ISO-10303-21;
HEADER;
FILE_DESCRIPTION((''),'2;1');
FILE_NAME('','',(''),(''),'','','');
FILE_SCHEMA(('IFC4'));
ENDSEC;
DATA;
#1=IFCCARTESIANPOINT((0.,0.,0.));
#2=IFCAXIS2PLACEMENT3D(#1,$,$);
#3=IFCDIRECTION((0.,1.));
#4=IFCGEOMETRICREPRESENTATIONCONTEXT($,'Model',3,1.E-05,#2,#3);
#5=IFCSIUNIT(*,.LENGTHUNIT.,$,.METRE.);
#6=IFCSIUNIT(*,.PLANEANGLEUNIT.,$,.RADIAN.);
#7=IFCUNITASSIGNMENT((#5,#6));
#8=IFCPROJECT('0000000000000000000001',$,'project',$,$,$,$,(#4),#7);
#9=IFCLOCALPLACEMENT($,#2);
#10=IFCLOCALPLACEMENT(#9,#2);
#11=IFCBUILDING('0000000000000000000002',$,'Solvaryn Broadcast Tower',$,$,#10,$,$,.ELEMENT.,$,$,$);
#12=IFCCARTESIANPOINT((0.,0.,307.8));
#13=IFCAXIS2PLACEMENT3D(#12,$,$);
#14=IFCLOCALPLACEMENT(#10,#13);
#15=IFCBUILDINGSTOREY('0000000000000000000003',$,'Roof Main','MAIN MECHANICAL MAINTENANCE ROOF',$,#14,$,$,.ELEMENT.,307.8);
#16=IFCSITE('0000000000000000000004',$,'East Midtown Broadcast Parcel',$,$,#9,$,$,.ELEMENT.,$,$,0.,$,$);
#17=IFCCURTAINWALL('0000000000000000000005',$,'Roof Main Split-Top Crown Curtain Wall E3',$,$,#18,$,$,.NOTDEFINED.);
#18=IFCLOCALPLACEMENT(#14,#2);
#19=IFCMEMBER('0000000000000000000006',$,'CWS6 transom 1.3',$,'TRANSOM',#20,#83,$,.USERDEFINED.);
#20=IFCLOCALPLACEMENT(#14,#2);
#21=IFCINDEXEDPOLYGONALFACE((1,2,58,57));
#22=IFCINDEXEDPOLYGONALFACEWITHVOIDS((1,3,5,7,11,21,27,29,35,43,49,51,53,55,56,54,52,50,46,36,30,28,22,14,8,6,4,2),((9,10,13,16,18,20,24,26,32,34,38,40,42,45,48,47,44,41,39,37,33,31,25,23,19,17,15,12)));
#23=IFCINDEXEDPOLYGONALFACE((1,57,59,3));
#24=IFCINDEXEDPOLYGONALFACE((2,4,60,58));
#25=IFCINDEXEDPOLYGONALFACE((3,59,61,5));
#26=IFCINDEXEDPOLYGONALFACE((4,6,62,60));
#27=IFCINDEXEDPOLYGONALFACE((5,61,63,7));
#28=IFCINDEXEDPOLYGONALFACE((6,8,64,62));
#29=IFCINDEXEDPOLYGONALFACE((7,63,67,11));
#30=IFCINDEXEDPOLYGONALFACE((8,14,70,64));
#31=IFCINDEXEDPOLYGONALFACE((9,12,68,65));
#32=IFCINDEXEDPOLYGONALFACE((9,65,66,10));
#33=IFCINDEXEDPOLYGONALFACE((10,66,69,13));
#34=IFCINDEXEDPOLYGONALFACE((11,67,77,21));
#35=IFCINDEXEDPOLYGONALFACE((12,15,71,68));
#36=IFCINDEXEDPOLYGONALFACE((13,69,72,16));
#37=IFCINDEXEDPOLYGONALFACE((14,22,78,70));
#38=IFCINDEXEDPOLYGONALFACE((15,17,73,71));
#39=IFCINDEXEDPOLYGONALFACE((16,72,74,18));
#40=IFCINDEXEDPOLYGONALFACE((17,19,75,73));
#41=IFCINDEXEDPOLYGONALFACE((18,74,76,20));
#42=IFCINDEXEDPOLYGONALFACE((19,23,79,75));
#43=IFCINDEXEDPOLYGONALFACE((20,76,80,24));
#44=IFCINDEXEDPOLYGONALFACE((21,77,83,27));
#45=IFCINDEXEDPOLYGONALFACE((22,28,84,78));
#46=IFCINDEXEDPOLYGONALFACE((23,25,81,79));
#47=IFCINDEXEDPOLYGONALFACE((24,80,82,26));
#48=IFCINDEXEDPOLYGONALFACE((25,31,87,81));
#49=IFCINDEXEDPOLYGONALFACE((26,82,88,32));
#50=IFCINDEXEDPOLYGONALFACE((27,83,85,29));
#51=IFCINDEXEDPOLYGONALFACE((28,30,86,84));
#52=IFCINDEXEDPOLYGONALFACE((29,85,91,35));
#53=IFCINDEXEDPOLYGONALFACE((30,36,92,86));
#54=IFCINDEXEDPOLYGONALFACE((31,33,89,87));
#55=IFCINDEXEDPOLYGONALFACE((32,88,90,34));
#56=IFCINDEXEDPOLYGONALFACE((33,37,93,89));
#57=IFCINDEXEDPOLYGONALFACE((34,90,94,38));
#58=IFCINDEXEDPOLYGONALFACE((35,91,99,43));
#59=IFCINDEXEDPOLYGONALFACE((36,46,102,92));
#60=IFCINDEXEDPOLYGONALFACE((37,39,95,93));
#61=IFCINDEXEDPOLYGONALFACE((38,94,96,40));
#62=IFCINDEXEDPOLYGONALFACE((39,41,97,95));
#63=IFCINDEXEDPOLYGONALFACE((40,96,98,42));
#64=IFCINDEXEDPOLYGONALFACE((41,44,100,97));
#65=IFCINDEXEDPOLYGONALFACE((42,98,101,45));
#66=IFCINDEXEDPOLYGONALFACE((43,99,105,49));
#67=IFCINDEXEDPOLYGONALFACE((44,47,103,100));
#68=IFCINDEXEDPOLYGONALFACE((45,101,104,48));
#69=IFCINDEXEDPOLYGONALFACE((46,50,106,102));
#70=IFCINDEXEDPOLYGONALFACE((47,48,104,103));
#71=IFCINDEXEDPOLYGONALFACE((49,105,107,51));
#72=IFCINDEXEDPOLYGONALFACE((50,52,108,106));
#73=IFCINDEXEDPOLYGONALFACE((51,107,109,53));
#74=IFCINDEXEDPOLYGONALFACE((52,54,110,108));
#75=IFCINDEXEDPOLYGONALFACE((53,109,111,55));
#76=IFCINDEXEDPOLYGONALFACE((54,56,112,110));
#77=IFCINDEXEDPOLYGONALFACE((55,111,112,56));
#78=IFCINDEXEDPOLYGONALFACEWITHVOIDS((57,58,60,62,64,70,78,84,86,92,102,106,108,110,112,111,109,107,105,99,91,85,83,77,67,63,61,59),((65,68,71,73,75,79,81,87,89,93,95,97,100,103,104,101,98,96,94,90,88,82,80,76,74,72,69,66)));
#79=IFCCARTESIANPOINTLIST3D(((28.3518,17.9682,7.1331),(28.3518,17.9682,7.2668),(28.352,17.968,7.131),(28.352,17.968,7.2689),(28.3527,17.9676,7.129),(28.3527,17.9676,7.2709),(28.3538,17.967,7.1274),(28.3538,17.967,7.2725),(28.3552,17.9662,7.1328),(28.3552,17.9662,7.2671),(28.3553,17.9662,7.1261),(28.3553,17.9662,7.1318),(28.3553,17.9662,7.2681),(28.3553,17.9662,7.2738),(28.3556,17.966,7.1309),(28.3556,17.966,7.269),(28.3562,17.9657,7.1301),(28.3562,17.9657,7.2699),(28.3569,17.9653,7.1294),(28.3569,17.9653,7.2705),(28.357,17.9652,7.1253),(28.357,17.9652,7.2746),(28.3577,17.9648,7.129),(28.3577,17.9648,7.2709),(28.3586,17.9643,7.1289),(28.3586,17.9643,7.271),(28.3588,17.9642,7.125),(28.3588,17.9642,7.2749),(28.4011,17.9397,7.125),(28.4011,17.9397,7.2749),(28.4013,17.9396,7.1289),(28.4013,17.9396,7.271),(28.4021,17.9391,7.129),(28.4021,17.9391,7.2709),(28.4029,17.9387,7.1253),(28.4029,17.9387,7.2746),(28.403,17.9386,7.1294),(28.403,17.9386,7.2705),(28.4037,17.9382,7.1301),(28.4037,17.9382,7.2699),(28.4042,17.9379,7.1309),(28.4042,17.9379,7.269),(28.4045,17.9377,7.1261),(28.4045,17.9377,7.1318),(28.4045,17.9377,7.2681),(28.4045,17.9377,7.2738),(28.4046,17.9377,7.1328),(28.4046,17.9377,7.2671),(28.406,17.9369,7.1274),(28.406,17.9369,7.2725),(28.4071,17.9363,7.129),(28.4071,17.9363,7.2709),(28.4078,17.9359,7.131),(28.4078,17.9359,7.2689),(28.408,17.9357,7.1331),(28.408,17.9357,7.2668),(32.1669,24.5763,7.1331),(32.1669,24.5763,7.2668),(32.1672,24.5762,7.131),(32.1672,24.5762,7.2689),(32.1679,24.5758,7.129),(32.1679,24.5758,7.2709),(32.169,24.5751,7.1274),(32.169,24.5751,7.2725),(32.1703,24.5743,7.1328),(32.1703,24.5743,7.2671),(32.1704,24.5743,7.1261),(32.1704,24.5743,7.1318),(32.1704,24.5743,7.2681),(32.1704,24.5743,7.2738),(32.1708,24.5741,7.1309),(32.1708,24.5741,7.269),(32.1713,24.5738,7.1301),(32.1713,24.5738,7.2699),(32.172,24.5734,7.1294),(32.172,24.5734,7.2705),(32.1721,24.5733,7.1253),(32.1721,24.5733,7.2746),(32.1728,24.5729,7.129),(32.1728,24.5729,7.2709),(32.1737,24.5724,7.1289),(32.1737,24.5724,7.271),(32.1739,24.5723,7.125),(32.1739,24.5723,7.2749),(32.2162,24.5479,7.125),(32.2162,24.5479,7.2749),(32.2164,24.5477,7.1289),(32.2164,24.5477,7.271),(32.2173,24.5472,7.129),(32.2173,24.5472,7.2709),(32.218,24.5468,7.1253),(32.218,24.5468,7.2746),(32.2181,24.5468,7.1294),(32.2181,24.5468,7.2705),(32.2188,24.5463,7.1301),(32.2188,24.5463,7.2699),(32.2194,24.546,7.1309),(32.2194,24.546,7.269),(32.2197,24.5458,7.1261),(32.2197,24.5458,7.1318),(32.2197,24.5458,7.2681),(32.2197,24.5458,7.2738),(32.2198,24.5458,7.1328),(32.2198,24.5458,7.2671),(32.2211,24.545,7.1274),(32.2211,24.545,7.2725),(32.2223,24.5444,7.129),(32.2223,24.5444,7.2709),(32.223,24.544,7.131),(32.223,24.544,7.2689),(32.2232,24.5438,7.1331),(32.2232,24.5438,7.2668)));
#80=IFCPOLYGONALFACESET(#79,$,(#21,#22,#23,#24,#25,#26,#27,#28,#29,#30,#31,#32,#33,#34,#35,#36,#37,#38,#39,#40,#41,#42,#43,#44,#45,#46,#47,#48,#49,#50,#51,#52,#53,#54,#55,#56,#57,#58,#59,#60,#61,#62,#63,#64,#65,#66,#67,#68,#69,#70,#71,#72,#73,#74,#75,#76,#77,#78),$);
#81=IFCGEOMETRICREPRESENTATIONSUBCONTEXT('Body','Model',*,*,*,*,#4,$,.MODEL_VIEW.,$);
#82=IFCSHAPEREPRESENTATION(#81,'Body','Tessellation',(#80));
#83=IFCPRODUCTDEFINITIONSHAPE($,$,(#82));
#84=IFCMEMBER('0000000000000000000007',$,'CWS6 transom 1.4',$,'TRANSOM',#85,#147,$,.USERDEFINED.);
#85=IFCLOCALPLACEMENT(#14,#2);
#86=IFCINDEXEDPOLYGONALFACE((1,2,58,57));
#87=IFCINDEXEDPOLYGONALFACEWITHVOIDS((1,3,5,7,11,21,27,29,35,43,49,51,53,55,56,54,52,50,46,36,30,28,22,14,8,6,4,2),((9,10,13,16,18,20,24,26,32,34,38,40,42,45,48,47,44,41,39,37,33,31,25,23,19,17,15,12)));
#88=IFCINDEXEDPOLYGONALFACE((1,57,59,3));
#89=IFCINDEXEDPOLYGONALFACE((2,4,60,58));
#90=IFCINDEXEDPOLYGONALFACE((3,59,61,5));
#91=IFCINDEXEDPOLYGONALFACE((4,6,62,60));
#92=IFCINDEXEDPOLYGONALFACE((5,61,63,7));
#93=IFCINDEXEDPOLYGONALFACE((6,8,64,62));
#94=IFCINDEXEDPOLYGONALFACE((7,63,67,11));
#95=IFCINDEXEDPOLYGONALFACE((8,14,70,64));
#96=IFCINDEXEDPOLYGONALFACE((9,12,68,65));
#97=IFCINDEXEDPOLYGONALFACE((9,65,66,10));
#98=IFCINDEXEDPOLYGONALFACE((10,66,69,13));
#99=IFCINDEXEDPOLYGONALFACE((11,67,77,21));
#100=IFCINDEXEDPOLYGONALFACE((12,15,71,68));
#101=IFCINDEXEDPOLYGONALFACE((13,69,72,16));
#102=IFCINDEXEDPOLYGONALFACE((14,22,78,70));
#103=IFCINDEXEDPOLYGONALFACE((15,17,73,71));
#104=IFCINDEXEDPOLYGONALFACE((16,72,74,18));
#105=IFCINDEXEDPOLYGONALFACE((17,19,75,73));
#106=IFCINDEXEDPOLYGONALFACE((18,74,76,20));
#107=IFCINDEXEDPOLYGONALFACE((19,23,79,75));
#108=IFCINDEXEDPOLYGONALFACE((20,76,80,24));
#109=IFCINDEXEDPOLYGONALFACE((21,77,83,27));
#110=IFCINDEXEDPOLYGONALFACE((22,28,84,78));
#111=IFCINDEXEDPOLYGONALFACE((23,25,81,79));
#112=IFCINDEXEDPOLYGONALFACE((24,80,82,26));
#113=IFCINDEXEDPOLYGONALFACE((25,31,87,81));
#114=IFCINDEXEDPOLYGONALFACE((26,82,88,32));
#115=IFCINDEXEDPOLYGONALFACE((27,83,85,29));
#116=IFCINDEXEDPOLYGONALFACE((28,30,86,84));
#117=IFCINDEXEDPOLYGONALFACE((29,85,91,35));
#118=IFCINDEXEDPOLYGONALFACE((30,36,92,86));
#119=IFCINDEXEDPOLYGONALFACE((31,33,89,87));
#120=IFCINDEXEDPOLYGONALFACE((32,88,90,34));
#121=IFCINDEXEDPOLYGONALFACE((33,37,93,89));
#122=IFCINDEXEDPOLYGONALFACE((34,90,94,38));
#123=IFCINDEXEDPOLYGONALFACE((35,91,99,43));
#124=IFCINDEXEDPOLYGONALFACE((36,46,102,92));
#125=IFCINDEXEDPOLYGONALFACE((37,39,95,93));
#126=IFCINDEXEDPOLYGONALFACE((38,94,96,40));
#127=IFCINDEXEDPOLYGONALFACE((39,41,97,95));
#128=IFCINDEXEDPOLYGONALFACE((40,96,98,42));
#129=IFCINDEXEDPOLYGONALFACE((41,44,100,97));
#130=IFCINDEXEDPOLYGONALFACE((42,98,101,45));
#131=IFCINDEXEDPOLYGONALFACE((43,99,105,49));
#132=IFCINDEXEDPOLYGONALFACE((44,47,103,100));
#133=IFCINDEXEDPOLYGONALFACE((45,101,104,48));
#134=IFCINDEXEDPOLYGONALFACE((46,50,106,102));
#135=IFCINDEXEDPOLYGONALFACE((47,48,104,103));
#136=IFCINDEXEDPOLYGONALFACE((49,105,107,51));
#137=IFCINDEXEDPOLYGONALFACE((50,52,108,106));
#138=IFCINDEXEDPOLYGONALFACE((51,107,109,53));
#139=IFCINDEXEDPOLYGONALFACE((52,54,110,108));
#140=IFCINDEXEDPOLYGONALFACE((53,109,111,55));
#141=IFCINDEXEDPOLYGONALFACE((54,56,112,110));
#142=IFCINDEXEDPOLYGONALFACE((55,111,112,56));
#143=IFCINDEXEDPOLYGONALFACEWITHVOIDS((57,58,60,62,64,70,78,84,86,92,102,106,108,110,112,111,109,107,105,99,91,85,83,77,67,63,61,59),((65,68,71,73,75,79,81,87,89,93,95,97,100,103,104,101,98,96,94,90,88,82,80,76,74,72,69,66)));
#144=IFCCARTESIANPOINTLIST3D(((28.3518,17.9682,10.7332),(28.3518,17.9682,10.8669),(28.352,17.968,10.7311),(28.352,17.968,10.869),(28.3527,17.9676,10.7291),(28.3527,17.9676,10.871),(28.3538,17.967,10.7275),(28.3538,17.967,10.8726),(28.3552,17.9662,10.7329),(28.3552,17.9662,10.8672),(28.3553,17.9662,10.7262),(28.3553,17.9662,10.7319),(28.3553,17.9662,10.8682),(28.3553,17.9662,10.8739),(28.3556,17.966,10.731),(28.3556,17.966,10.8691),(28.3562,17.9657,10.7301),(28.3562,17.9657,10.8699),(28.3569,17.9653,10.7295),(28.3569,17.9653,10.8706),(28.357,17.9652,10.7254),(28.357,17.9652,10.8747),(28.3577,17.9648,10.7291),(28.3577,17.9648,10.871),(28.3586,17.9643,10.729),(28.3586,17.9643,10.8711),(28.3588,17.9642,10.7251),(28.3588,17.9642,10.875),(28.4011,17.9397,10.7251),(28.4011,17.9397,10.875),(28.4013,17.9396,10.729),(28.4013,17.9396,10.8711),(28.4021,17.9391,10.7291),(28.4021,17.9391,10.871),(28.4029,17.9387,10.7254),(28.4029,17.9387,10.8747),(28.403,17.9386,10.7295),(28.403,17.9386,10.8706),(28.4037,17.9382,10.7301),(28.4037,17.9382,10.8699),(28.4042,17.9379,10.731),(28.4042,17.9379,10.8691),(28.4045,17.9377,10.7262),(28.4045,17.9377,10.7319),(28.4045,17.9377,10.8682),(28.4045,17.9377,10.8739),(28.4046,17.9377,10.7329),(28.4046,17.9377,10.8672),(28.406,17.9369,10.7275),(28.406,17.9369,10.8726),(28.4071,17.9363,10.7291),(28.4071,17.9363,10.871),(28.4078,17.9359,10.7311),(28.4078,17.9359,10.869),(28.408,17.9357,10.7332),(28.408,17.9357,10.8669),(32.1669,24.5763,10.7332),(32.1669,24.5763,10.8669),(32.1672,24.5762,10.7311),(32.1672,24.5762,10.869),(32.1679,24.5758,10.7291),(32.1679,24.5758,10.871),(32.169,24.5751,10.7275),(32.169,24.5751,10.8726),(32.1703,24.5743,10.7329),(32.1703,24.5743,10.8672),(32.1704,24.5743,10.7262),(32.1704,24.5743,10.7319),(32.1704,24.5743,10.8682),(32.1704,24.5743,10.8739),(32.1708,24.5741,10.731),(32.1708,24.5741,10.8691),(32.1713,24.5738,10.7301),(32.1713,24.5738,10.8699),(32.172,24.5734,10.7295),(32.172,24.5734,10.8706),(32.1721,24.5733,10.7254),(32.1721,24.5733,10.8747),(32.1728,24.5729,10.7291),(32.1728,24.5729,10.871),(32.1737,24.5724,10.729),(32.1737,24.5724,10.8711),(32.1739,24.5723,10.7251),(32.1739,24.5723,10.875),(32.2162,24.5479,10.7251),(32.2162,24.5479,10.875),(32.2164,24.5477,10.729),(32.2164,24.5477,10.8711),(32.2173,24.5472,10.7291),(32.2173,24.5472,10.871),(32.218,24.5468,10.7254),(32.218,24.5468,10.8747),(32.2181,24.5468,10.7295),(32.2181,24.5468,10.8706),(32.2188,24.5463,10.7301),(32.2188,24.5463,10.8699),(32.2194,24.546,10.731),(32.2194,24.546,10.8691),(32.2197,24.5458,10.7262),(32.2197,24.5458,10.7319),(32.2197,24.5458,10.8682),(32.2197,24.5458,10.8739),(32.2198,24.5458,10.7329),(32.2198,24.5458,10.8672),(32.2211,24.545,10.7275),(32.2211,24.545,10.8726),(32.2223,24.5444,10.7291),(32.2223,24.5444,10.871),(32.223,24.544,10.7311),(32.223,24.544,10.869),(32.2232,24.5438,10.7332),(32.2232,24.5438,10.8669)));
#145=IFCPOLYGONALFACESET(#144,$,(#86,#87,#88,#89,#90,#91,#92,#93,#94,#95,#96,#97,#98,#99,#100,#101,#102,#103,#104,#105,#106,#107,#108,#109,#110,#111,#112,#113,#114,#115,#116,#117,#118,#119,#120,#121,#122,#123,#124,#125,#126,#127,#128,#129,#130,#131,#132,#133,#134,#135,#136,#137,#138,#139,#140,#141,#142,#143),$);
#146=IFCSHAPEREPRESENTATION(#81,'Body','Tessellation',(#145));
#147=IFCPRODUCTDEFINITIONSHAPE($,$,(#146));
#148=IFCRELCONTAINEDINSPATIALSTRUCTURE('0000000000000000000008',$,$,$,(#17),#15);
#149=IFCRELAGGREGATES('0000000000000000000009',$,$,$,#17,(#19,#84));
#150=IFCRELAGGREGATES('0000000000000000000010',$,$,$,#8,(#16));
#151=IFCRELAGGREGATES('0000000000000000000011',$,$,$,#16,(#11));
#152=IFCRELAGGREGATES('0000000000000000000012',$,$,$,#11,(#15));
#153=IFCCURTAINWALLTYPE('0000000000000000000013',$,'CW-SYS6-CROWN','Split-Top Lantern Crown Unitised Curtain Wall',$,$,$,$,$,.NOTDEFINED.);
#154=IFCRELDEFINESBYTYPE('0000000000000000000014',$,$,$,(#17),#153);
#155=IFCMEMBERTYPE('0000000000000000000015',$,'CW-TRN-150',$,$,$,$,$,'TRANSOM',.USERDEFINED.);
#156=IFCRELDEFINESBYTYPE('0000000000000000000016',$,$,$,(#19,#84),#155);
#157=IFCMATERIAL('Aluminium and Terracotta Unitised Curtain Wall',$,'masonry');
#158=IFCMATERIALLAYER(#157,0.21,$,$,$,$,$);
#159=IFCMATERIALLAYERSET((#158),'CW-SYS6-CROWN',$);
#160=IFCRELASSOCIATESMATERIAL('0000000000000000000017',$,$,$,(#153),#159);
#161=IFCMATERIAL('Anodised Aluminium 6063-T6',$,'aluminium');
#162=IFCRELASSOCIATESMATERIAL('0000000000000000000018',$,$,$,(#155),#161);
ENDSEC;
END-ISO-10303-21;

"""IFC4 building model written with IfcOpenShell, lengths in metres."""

from ifc_helpers import new_model, si_unit, direction, frame, origin, origin_2d, place, context, subcontext, project, spatial, hollow_rectangle, extrude, material, layer, layer_set, material_profile, profile_set, type_object, element, aggregate, save


model = new_model("IFC4")

# Units and contexts
model_context = context("Model", 3, precision=1e-05, world=origin(), true_north=direction((0.0, 1.0)))
body_context = subcontext(model_context, "Body", "Model", "MODEL_VIEW")
ifc_project = project(units=[si_unit("LENGTHUNIT", "METRE"), si_unit("PLANEANGLEUNIT", "RADIAN")], contexts=[model_context])

# Site, building, storey
site_placement = place(None, origin())
site = spatial("IfcSite", under=ifc_project, at=site_placement, Name="East Midtown Broadcast Parcel", CompositionType="ELEMENT", RefElevation=0.0)
building_placement = place(site_placement, origin())
building = spatial("IfcBuilding", under=site, at=building_placement, Name="Solvaryn Broadcast Tower", CompositionType="ELEMENT")
storey_placement = place(building_placement, frame((0.0, 0.0, 307.8)))
storey = spatial("IfcBuildingStorey", under=building, at=storey_placement, Name="Roof Main", Description="MAIN MECHANICAL MAINTENANCE ROOF", CompositionType="ELEMENT", Elevation=307.8)

# Shared definitions
ifc_material_1 = material(Name="Aluminium and Terracotta Unitised Curtain Wall", Category="masonry")
ifc_layer_1 = layer(ifc_material_1, 0.21)
ifc_layer_set_1 = layer_set([ifc_layer_1], Name="CW-SYS6-CROWN")
curtain_wall_type = type_object("IfcCurtainWallType", Name="CW-SYS6-CROWN", Description="Split-Top Lantern Crown Unitised Curtain Wall", PredefinedType="NOTDEFINED", material=ifc_layer_set_1)

# Curtain wall
curtain_wall_1_placement = place(storey_placement, origin())
curtain_wall_1 = element("IfcCurtainWall", 1, at=curtain_wall_1_placement, inside=storey, type_object=curtain_wall_type, Name="Roof Main Split-Top Crown Curtain Wall E3", PredefinedType="NOTDEFINED")

# Members
ifc_material_2 = material(Name="Anodised Aluminium 6063-T6", Category="aluminium")
ifc_material_profile_1 = material_profile(ifc_material_2, hollow_rectangle(XDim=0.0649, YDim=0.1499, WallThickness=0.0039, InnerFilletRadius=0.0039, OuterFilletRadius=0.0081, at=origin_2d()))
ifc_profile_set_1 = profile_set([ifc_material_profile_1], Name="Anodised Aluminium 6063-T6")
member_type_1 = type_object("IfcMemberType", Name="CW-TRN-150", ElementType="TRANSOM", PredefinedType="USERDEFINED", material=ifc_profile_set_1)
member_1_placement = place(storey_placement, frame((32.1951, 24.5601, 7.2), z_axis=(-0.499997, -0.866027, 0.0), x_axis=(0.866027, -0.499997, 0.0)))
member_1 = element("IfcMember", 2, at=member_1_placement, type_object=member_type_1, Name="CWS6 transom 1.3", ObjectType="TRANSOM", PredefinedType="USERDEFINED", context=body_context, shape_type="SweptSolid", body=[
    extrude(hollow_rectangle(XDim=0.0649, YDim=0.1499, WallThickness=0.0039, InnerFilletRadius=0.0039, OuterFilletRadius=0.0081, at=origin_2d()), origin(), (0.0, 0.0, 1.0), 7.6304),
])
member_2_placement = place(storey_placement, frame((32.1951, 24.5601, 10.8), z_axis=(-0.499997, -0.866027, 0.0), x_axis=(0.866027, -0.499997, 0.0)))
member_2 = element("IfcMember", 3, at=member_2_placement, type_object=member_type_1, Name="CWS6 transom 1.4", ObjectType="TRANSOM", PredefinedType="USERDEFINED", context=body_context, shape_type="SweptSolid", body=[
    extrude(hollow_rectangle(XDim=0.0649, YDim=0.1499, WallThickness=0.0039, InnerFilletRadius=0.0039, OuterFilletRadius=0.0081, at=origin_2d()), origin(), (0.0, 0.0, 1.0), 7.6304),
])

aggregate(curtain_wall_1, [member_1, member_2])

save(model, "model.ifc")
